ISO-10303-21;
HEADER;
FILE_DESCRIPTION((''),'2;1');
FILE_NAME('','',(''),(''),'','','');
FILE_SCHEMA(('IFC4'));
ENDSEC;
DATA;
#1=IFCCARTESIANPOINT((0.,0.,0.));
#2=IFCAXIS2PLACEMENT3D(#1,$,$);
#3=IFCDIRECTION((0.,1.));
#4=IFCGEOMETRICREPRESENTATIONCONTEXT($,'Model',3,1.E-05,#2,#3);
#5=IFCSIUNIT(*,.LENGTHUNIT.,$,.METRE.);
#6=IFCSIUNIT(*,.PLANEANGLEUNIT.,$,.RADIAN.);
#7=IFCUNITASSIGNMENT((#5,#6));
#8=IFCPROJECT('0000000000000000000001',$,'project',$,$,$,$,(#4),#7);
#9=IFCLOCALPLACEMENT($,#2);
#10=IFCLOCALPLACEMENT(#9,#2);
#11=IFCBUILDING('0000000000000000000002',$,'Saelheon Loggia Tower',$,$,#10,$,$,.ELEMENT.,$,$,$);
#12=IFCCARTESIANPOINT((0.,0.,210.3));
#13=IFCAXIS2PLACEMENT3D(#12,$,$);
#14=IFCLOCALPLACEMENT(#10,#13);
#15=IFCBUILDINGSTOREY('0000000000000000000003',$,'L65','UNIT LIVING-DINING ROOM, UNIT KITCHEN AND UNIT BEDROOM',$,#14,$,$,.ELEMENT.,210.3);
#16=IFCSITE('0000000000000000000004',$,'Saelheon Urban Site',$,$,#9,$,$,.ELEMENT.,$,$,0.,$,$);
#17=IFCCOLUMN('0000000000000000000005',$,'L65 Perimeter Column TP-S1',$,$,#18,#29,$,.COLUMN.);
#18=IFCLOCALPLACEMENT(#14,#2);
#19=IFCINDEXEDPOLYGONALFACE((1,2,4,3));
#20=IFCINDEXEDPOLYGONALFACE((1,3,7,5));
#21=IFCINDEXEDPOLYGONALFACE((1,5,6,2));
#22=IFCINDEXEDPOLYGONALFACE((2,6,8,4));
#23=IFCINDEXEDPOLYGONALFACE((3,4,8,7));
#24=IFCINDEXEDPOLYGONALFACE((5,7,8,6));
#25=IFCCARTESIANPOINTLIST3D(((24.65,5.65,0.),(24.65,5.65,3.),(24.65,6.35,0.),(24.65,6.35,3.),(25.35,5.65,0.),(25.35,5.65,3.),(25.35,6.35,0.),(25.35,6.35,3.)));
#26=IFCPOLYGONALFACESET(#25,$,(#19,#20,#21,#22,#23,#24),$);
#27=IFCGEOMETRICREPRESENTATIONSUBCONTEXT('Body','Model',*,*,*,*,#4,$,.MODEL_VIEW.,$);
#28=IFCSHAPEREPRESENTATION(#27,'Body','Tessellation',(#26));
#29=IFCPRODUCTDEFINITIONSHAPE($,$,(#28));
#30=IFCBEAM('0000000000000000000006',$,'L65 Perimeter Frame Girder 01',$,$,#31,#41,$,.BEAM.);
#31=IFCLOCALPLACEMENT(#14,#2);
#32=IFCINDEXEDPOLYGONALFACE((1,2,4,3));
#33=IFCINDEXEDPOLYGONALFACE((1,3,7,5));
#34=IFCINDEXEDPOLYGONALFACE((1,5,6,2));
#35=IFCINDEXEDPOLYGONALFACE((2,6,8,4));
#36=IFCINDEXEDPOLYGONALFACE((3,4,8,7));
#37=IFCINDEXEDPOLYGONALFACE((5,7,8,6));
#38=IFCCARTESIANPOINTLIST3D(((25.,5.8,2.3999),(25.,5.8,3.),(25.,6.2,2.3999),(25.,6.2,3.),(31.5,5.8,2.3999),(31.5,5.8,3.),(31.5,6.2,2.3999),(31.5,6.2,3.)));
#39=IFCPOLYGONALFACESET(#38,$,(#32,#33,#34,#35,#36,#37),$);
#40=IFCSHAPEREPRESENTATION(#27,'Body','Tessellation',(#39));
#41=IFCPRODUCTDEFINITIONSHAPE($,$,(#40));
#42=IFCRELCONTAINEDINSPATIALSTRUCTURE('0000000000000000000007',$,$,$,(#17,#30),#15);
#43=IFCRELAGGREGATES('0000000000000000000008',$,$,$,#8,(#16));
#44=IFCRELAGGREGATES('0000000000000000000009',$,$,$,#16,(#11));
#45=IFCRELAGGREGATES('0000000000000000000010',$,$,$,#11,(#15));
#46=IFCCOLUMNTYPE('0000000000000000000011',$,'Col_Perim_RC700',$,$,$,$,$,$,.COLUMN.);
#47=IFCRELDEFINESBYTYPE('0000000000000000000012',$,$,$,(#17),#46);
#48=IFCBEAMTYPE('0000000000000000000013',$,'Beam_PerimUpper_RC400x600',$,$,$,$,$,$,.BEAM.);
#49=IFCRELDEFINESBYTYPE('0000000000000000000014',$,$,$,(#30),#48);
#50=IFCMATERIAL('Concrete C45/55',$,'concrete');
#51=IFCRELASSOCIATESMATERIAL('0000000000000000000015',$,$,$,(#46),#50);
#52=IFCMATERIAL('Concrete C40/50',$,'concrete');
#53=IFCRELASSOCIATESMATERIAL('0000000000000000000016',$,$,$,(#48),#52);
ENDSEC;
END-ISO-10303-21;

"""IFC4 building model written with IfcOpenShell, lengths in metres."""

from ifc_helpers import new_model, si_unit, direction, frame, origin, origin_2d, place, context, subcontext, project, spatial, rectangle, extrude, source, transform, mapped, material, material_profile, profile_set, type_object, element, save


model = new_model("IFC4")

# Units and contexts
model_context = context("Model", 3, precision=1e-05, world=origin(), true_north=direction((0.0, 1.0)))
body_context = subcontext(model_context, "Body", "Model", "MODEL_VIEW")
ifc_project = project(units=[si_unit("LENGTHUNIT", "METRE"), si_unit("PLANEANGLEUNIT", "RADIAN")], contexts=[model_context])

# Site, building, storey
site_placement = place(None, origin())
site = spatial("IfcSite", under=ifc_project, at=site_placement, Name="Saelheon Urban Site", CompositionType="ELEMENT", RefElevation=0.0)
building_placement = place(site_placement, origin())
building = spatial("IfcBuilding", under=site, at=building_placement, Name="Saelheon Loggia Tower", CompositionType="ELEMENT")
storey_placement = place(building_placement, frame((0.0, 0.0, 210.3)))
storey = spatial("IfcBuildingStorey", under=building, at=storey_placement, Name="L65", Description="UNIT LIVING-DINING ROOM, UNIT KITCHEN AND UNIT BEDROOM", CompositionType="ELEMENT", Elevation=210.3)

# Column
ifc_material_1 = material(Name="Concrete C45/55", Category="concrete")
ifc_material_profile_1 = material_profile(ifc_material_1, rectangle(XDim=0.7, YDim=0.7, at=origin_2d()), Name="RC-700x700")
ifc_profile_set_1 = profile_set([ifc_material_profile_1], Name="Concrete C45/55")
column_type = type_object("IfcColumnType", Name="Col_Perim_RC700", PredefinedType="COLUMN", material=ifc_profile_set_1)
shared_shape_1 = source(origin(), body_context, "Body", "SweptSolid", [
    extrude(rectangle(XDim=0.7, YDim=0.7, at=origin_2d()), origin(), (0.0, 0.0, 1.0), 3.0),
])
column_placement = place(storey_placement, frame((25.0, 6.0, 0.0), z_axis=(0.0, 0.0, 1.0), x_axis=(1.0, 0.0, 0.0)))
element("IfcColumn", 1, at=column_placement, inside=storey, type_object=column_type, Name="L65 Perimeter Column TP-S1", PredefinedType="COLUMN", context=body_context, shape_type="MappedRepresentation", body=[
    mapped(shared_shape_1, transform((0.0, 0.0, 0.0), scale=1.0)),
])

# Beam
ifc_material_2 = material(Name="Concrete C40/50", Category="concrete")
ifc_material_profile_2 = material_profile(ifc_material_2, rectangle(XDim=0.3999, YDim=0.6001, at=origin_2d()), Name="RC-400x600")
ifc_profile_set_2 = profile_set([ifc_material_profile_2], Name="Concrete C40/50")
beam_type = type_object("IfcBeamType", Name="Beam_PerimUpper_RC400x600", PredefinedType="BEAM", material=ifc_profile_set_2)
shared_shape_2 = source(origin(), body_context, "Body", "SweptSolid", [
    extrude(rectangle(XDim=0.3999, YDim=0.6001, at=origin_2d()), origin(), (0.0, 0.0, 1.0), 6.5),
])
beam_placement = place(storey_placement, frame((25.0, 6.0, 2.7), z_axis=(1.0, 0.0, 0.0), x_axis=(0.0, 1.0, 0.0)))
element("IfcBeam", 2, at=beam_placement, inside=storey, type_object=beam_type, Name="L65 Perimeter Frame Girder 01", PredefinedType="BEAM", context=body_context, shape_type="MappedRepresentation", body=[
    mapped(shared_shape_2, transform((0.0, 0.0, 0.0), scale=1.0)),
])

save(model, "model.ifc")
